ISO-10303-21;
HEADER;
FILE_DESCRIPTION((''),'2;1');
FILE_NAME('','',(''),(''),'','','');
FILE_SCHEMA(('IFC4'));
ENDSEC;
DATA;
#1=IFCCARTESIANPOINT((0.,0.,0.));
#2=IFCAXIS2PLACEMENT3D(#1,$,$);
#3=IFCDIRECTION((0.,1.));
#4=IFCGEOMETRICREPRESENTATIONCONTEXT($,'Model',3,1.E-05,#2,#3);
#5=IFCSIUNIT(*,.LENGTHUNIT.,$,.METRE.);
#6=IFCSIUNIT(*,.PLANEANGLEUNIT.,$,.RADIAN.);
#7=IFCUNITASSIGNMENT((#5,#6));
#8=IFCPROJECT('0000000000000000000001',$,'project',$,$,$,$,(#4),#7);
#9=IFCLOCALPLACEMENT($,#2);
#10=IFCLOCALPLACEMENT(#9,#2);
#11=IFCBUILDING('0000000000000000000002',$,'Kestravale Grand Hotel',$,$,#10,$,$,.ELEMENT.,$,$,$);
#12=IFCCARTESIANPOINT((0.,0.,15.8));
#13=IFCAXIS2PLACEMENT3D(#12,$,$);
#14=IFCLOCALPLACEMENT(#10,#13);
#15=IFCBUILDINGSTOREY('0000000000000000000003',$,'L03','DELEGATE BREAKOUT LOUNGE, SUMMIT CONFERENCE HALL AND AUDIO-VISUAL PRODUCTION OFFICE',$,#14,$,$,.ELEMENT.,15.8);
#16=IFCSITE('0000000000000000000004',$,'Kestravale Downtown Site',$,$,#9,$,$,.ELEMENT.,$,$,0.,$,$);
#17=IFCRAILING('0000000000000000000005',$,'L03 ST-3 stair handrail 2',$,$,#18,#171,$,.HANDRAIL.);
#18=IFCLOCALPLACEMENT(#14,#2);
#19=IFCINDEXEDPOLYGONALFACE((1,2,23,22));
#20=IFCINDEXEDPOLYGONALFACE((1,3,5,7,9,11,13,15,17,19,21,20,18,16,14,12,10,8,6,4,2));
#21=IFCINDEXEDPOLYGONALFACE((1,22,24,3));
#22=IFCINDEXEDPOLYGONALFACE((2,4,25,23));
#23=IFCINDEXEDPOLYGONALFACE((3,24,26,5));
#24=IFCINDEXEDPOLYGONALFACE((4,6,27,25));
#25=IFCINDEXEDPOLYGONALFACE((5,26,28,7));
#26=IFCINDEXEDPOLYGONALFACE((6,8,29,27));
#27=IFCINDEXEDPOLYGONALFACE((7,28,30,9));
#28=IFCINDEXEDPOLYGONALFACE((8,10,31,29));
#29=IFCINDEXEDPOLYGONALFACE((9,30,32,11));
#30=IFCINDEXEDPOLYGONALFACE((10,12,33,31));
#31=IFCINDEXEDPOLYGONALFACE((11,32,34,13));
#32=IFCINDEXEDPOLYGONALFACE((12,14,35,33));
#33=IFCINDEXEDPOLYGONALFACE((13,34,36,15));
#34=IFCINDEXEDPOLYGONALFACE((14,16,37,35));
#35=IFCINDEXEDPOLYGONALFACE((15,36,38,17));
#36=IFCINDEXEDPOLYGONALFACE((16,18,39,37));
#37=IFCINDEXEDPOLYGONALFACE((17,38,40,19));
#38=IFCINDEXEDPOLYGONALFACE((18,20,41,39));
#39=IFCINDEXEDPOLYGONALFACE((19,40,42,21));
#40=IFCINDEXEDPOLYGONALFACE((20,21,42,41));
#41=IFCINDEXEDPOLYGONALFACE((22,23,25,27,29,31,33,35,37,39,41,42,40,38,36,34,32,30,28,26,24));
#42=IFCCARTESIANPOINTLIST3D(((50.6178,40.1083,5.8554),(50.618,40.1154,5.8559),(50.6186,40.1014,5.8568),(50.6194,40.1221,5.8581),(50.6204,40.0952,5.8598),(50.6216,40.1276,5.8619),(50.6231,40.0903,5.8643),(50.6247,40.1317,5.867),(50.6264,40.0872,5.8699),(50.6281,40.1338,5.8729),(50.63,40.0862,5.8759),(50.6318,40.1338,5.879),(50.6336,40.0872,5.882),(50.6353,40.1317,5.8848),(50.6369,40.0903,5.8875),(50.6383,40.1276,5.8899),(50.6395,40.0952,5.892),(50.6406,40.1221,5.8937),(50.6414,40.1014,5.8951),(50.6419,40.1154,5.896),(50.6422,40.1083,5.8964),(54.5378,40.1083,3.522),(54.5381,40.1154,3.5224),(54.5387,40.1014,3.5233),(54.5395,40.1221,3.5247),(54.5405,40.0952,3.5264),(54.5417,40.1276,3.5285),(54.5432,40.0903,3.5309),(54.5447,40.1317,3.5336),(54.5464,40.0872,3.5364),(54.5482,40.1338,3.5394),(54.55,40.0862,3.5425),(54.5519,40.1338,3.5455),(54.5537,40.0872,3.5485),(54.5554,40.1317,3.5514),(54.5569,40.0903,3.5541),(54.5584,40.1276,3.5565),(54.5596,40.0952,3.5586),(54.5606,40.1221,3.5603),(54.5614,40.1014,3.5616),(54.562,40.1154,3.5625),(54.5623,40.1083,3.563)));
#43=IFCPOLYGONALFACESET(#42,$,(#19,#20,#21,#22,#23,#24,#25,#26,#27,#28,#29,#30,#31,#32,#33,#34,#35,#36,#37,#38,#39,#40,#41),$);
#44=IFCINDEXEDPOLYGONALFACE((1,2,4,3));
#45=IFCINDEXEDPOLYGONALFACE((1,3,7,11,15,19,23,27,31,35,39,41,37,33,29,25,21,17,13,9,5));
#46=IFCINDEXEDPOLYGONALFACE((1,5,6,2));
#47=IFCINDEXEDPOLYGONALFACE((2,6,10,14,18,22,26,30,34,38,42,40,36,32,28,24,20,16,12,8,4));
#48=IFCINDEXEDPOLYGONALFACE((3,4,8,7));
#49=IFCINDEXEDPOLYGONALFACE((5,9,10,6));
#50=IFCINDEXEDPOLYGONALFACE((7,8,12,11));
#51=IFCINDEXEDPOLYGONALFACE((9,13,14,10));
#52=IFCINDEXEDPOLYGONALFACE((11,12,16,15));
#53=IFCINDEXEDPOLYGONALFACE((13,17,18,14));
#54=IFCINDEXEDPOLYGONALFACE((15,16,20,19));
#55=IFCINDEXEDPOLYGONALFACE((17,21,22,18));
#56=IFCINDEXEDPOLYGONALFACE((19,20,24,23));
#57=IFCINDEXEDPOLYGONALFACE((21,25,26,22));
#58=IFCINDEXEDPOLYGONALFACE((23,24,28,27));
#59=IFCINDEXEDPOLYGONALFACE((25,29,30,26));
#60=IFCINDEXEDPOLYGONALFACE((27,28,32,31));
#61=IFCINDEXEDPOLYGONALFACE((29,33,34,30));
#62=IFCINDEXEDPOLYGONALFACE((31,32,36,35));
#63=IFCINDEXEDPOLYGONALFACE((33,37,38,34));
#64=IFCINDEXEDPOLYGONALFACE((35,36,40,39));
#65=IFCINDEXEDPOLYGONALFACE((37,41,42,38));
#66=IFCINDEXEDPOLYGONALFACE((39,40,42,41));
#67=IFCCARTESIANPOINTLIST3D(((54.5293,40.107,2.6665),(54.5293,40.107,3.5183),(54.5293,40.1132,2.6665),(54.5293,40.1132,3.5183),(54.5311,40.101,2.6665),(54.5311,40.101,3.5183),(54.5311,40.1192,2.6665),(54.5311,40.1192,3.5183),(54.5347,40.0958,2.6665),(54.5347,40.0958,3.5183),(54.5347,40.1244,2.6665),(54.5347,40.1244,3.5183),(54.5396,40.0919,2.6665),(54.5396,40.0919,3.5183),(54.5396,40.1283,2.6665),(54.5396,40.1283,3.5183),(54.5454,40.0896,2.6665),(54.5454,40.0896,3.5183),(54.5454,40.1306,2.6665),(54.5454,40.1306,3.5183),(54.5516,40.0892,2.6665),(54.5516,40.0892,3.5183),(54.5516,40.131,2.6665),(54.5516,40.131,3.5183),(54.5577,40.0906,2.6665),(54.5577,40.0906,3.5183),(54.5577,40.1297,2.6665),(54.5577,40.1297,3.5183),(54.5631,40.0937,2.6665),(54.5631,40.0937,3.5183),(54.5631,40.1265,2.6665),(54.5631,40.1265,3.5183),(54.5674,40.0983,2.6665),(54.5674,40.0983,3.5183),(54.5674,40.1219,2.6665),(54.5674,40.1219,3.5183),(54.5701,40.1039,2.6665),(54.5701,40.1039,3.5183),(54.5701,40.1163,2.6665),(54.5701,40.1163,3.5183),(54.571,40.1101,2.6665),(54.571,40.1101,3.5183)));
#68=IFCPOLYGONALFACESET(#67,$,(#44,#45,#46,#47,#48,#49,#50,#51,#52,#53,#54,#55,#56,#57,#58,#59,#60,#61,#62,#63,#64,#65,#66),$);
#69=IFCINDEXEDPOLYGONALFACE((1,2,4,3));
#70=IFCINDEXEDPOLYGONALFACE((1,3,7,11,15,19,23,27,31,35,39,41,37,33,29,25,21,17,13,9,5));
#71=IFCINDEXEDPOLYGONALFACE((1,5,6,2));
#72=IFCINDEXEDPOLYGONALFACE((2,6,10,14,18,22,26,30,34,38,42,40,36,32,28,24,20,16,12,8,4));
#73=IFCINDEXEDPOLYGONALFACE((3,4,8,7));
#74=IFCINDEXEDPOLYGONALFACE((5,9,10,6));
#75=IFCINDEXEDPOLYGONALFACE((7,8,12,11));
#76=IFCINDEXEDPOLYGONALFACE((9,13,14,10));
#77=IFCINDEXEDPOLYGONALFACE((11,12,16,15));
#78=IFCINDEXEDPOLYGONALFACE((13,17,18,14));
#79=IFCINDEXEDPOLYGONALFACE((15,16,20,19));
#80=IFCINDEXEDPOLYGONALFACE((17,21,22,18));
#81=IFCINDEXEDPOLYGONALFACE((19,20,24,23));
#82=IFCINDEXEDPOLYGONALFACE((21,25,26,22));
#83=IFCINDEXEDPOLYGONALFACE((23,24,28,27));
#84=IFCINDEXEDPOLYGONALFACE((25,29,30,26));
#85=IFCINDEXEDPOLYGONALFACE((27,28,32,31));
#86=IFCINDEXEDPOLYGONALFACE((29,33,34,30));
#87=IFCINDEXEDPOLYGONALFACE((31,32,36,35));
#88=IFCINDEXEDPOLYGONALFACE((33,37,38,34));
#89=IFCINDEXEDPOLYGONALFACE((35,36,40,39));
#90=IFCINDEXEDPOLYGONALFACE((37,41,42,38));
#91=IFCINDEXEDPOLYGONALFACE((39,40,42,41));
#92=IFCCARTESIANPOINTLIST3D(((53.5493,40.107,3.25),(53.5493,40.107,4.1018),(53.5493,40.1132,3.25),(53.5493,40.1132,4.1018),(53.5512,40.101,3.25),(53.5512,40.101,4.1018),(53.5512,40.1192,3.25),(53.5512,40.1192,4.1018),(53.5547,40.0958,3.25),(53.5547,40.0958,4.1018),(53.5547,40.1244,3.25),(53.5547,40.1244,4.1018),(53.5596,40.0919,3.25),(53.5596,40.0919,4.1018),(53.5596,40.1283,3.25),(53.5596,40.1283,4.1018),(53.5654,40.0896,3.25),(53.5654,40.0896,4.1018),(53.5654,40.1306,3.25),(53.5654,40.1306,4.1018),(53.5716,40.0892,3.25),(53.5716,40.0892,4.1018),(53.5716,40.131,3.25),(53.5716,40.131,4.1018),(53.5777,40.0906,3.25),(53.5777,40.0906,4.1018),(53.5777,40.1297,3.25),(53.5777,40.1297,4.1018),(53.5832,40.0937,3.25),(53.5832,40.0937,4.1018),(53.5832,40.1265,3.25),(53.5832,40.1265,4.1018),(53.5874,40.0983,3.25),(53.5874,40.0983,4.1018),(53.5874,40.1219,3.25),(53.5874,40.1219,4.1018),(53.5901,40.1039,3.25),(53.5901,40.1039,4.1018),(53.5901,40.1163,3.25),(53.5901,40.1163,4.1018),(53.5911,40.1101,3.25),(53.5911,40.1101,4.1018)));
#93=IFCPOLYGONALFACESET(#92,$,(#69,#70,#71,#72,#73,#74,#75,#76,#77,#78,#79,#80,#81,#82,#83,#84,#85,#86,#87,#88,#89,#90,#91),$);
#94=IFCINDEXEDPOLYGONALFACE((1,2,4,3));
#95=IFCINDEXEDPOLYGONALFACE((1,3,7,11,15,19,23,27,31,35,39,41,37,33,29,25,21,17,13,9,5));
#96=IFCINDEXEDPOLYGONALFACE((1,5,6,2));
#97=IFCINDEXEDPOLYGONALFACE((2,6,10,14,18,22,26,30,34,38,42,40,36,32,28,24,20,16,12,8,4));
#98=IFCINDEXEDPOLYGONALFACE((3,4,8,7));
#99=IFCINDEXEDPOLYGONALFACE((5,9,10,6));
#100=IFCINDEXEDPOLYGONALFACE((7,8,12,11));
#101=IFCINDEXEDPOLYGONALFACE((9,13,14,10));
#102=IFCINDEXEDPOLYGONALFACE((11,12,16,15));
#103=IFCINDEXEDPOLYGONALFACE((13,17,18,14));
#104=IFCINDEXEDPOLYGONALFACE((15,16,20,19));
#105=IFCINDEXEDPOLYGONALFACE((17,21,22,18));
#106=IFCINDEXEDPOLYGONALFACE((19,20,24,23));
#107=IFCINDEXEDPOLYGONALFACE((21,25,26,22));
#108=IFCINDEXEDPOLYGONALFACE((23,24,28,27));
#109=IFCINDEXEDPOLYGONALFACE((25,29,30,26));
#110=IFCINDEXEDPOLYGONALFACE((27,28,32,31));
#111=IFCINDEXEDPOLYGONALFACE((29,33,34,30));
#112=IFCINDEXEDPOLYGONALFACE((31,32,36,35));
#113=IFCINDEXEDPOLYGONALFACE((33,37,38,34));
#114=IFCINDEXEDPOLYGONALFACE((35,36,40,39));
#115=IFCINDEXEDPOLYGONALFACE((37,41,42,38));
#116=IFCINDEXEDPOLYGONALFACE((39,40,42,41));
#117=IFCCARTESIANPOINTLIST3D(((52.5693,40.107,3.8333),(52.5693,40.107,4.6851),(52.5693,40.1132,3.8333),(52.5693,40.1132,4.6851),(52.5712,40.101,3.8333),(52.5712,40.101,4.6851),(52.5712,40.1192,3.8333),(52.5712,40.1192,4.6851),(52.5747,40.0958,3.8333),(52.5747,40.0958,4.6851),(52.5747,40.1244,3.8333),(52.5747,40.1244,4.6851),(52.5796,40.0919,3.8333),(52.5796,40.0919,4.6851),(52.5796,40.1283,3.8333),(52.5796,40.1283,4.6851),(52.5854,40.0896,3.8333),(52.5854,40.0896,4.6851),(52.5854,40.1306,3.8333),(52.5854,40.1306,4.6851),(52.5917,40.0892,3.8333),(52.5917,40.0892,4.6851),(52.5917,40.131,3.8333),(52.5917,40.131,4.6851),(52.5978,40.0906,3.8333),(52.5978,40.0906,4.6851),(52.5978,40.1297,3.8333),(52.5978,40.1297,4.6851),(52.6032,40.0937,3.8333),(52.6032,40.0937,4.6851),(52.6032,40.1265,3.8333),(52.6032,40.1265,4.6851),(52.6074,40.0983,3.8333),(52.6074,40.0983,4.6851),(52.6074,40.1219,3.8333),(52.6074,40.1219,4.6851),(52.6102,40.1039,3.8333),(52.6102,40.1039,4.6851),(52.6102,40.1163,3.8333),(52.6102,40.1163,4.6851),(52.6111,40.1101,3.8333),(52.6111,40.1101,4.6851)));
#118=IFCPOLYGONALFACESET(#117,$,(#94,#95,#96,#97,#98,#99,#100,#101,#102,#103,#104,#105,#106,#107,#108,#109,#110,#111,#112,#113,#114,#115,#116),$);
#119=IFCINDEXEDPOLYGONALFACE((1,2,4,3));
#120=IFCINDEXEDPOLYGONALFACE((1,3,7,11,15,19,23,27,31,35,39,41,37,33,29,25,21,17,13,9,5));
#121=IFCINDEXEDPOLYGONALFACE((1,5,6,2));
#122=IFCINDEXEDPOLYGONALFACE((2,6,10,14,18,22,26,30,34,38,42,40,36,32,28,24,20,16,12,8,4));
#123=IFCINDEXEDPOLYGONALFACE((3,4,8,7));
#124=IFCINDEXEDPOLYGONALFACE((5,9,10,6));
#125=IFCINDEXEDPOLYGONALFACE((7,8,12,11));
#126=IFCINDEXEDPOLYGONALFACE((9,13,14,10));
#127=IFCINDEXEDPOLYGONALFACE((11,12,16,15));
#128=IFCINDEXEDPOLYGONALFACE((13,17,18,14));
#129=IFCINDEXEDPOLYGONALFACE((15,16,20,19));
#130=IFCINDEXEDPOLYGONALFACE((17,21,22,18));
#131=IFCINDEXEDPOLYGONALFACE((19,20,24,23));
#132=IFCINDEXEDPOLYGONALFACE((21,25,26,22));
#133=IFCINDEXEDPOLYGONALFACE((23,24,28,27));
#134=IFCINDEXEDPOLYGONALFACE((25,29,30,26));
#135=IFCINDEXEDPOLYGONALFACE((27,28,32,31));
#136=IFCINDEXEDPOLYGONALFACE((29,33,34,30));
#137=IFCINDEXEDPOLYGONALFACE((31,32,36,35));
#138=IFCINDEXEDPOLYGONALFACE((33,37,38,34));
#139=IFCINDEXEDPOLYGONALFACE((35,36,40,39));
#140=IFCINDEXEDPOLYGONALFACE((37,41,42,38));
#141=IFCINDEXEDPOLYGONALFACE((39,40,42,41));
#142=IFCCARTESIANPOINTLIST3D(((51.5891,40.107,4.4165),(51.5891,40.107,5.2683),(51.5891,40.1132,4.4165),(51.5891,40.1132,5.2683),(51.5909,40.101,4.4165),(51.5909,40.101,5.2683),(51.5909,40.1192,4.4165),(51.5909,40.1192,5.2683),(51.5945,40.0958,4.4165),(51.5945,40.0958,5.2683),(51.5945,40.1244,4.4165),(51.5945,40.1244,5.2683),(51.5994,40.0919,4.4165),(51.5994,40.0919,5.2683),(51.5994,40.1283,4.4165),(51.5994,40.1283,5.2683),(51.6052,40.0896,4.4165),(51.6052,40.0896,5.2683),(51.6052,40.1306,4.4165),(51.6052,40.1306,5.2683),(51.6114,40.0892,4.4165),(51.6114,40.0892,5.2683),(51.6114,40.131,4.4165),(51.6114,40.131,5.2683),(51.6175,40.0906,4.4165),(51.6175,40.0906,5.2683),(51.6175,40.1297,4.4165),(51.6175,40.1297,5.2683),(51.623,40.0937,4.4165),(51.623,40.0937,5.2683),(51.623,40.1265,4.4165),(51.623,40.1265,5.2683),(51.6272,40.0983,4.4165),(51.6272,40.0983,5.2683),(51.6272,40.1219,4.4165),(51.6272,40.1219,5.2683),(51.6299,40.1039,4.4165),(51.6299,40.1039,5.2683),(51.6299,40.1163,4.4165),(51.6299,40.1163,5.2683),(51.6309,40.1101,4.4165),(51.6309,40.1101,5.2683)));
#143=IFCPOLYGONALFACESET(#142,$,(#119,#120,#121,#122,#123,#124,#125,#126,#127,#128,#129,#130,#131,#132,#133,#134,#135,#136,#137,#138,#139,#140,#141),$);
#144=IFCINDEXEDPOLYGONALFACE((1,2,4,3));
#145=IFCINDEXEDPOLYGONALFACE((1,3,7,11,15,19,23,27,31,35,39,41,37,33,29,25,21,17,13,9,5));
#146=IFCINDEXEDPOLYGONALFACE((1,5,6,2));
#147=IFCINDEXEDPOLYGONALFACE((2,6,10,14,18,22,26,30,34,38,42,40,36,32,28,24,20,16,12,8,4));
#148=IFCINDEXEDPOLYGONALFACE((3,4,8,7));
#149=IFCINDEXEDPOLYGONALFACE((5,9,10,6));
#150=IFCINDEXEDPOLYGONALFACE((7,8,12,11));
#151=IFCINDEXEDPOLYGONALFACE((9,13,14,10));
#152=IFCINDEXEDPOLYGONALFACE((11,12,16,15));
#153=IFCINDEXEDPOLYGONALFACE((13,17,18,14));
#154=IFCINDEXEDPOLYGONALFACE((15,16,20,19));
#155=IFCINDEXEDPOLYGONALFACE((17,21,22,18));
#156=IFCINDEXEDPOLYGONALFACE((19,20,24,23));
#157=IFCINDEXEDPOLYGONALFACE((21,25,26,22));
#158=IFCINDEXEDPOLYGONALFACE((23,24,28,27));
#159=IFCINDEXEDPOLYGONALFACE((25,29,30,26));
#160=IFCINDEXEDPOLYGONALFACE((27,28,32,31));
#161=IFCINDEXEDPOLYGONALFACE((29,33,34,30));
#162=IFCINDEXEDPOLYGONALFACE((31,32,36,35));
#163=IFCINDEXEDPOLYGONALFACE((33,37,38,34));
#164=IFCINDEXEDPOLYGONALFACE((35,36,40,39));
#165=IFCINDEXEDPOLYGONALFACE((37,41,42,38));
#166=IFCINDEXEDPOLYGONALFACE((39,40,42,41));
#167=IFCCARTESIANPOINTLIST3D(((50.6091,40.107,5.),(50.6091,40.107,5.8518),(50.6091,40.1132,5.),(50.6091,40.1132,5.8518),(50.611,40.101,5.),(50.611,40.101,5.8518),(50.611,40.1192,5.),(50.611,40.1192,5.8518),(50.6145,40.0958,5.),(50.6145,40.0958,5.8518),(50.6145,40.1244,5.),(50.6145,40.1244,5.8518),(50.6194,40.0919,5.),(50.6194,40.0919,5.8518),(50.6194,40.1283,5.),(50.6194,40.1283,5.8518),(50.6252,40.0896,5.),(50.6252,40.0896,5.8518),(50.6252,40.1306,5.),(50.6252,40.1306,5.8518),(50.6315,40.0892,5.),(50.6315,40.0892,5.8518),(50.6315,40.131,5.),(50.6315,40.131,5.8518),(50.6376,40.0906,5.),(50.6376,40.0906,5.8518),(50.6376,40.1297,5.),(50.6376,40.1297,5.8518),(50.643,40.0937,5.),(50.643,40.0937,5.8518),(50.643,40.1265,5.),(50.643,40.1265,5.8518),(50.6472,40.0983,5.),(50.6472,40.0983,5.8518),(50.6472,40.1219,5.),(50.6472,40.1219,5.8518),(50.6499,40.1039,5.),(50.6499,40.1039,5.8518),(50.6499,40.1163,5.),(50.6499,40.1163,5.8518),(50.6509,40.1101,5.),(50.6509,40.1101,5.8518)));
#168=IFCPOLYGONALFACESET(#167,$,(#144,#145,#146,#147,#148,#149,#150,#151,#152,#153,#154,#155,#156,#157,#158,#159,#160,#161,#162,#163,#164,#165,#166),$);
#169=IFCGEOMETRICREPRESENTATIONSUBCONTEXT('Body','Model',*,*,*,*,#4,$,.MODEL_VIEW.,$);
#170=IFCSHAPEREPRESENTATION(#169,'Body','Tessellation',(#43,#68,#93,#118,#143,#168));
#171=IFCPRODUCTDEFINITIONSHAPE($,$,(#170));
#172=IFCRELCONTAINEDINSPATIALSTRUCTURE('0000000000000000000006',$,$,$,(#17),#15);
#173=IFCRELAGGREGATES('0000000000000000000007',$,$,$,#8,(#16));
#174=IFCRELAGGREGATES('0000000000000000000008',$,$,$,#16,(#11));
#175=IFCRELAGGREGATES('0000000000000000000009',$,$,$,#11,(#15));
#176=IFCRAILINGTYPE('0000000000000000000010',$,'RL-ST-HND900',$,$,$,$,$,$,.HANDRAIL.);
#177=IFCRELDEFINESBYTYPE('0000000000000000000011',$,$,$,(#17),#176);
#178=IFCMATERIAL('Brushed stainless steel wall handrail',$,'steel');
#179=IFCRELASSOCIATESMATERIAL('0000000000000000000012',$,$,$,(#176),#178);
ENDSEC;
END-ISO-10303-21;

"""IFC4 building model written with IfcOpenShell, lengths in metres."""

from ifc_helpers import new_model, si_unit, direction, frame, origin, origin_2d, place, context, subcontext, project, spatial, circle, extrude, material, type_object, element, save


model = new_model("IFC4")

# Units and contexts
model_context = context("Model", 3, precision=1e-05, world=origin(), true_north=direction((0.0, 1.0)))
body_context = subcontext(model_context, "Body", "Model", "MODEL_VIEW")
ifc_project = project(units=[si_unit("LENGTHUNIT", "METRE"), si_unit("PLANEANGLEUNIT", "RADIAN")], contexts=[model_context])

# Site, building, storey
site_placement = place(None, origin())
site = spatial("IfcSite", under=ifc_project, at=site_placement, Name="Kestravale Downtown Site", CompositionType="ELEMENT", RefElevation=0.0)
building_placement = place(site_placement, origin())
building = spatial("IfcBuilding", under=site, at=building_placement, Name="Kestravale Grand Hotel", CompositionType="ELEMENT")
storey_placement = place(building_placement, frame((0.0, 0.0, 15.8)))
storey = spatial("IfcBuildingStorey", under=building, at=storey_placement, Name="L03", Description="DELEGATE BREAKOUT LOUNGE, SUMMIT CONFERENCE HALL AND AUDIO-VISUAL PRODUCTION OFFICE", CompositionType="ELEMENT", Elevation=15.8)

# Railing
ifc_material_1 = material(Name="Brushed stainless steel wall handrail", Category="steel")
railing_type_1 = type_object("IfcRailingType", Name="RL-ST-HND900", PredefinedType="HANDRAIL", material=ifc_material_1)
railing_1_placement = place(storey_placement, frame((54.55, 40.1101, 2.6665)))
element("IfcRailing", 1, at=railing_1_placement, inside=storey, type_object=railing_type_1, Name="L03 ST-3 stair handrail 2", PredefinedType="HANDRAIL", context=body_context, shape_type="SweptSolid", body=[
    extrude(circle(Radius=0.0239, at=origin_2d()), frame((0.0, 0.0, 0.876), z_axis=(-0.859287, 0.0, 0.511494), x_axis=(0.0, -1.0, 0.0)), (0.0, 0.0, 1.0), 4.562),
    extrude(circle(Radius=0.021, at=origin_2d()), origin(), (0.0, 0.0, 1.0), 0.8518),
    extrude(circle(Radius=0.021, at=origin_2d()), frame((-0.98, 0.0, 0.5835)), (0.0, 0.0, 1.0), 0.8518),
    extrude(circle(Radius=0.021, at=origin_2d()), frame((-1.96, 0.0, 1.1667)), (0.0, 0.0, 1.0), 0.8518),
    extrude(circle(Radius=0.021, at=origin_2d()), frame((-2.9402, 0.0, 1.75)), (0.0, 0.0, 1.0), 0.8518),
    extrude(circle(Radius=0.021, at=origin_2d()), frame((-3.9202, 0.0, 2.3335)), (0.0, 0.0, 1.0), 0.8518),
])

save(model, "model.ifc")
